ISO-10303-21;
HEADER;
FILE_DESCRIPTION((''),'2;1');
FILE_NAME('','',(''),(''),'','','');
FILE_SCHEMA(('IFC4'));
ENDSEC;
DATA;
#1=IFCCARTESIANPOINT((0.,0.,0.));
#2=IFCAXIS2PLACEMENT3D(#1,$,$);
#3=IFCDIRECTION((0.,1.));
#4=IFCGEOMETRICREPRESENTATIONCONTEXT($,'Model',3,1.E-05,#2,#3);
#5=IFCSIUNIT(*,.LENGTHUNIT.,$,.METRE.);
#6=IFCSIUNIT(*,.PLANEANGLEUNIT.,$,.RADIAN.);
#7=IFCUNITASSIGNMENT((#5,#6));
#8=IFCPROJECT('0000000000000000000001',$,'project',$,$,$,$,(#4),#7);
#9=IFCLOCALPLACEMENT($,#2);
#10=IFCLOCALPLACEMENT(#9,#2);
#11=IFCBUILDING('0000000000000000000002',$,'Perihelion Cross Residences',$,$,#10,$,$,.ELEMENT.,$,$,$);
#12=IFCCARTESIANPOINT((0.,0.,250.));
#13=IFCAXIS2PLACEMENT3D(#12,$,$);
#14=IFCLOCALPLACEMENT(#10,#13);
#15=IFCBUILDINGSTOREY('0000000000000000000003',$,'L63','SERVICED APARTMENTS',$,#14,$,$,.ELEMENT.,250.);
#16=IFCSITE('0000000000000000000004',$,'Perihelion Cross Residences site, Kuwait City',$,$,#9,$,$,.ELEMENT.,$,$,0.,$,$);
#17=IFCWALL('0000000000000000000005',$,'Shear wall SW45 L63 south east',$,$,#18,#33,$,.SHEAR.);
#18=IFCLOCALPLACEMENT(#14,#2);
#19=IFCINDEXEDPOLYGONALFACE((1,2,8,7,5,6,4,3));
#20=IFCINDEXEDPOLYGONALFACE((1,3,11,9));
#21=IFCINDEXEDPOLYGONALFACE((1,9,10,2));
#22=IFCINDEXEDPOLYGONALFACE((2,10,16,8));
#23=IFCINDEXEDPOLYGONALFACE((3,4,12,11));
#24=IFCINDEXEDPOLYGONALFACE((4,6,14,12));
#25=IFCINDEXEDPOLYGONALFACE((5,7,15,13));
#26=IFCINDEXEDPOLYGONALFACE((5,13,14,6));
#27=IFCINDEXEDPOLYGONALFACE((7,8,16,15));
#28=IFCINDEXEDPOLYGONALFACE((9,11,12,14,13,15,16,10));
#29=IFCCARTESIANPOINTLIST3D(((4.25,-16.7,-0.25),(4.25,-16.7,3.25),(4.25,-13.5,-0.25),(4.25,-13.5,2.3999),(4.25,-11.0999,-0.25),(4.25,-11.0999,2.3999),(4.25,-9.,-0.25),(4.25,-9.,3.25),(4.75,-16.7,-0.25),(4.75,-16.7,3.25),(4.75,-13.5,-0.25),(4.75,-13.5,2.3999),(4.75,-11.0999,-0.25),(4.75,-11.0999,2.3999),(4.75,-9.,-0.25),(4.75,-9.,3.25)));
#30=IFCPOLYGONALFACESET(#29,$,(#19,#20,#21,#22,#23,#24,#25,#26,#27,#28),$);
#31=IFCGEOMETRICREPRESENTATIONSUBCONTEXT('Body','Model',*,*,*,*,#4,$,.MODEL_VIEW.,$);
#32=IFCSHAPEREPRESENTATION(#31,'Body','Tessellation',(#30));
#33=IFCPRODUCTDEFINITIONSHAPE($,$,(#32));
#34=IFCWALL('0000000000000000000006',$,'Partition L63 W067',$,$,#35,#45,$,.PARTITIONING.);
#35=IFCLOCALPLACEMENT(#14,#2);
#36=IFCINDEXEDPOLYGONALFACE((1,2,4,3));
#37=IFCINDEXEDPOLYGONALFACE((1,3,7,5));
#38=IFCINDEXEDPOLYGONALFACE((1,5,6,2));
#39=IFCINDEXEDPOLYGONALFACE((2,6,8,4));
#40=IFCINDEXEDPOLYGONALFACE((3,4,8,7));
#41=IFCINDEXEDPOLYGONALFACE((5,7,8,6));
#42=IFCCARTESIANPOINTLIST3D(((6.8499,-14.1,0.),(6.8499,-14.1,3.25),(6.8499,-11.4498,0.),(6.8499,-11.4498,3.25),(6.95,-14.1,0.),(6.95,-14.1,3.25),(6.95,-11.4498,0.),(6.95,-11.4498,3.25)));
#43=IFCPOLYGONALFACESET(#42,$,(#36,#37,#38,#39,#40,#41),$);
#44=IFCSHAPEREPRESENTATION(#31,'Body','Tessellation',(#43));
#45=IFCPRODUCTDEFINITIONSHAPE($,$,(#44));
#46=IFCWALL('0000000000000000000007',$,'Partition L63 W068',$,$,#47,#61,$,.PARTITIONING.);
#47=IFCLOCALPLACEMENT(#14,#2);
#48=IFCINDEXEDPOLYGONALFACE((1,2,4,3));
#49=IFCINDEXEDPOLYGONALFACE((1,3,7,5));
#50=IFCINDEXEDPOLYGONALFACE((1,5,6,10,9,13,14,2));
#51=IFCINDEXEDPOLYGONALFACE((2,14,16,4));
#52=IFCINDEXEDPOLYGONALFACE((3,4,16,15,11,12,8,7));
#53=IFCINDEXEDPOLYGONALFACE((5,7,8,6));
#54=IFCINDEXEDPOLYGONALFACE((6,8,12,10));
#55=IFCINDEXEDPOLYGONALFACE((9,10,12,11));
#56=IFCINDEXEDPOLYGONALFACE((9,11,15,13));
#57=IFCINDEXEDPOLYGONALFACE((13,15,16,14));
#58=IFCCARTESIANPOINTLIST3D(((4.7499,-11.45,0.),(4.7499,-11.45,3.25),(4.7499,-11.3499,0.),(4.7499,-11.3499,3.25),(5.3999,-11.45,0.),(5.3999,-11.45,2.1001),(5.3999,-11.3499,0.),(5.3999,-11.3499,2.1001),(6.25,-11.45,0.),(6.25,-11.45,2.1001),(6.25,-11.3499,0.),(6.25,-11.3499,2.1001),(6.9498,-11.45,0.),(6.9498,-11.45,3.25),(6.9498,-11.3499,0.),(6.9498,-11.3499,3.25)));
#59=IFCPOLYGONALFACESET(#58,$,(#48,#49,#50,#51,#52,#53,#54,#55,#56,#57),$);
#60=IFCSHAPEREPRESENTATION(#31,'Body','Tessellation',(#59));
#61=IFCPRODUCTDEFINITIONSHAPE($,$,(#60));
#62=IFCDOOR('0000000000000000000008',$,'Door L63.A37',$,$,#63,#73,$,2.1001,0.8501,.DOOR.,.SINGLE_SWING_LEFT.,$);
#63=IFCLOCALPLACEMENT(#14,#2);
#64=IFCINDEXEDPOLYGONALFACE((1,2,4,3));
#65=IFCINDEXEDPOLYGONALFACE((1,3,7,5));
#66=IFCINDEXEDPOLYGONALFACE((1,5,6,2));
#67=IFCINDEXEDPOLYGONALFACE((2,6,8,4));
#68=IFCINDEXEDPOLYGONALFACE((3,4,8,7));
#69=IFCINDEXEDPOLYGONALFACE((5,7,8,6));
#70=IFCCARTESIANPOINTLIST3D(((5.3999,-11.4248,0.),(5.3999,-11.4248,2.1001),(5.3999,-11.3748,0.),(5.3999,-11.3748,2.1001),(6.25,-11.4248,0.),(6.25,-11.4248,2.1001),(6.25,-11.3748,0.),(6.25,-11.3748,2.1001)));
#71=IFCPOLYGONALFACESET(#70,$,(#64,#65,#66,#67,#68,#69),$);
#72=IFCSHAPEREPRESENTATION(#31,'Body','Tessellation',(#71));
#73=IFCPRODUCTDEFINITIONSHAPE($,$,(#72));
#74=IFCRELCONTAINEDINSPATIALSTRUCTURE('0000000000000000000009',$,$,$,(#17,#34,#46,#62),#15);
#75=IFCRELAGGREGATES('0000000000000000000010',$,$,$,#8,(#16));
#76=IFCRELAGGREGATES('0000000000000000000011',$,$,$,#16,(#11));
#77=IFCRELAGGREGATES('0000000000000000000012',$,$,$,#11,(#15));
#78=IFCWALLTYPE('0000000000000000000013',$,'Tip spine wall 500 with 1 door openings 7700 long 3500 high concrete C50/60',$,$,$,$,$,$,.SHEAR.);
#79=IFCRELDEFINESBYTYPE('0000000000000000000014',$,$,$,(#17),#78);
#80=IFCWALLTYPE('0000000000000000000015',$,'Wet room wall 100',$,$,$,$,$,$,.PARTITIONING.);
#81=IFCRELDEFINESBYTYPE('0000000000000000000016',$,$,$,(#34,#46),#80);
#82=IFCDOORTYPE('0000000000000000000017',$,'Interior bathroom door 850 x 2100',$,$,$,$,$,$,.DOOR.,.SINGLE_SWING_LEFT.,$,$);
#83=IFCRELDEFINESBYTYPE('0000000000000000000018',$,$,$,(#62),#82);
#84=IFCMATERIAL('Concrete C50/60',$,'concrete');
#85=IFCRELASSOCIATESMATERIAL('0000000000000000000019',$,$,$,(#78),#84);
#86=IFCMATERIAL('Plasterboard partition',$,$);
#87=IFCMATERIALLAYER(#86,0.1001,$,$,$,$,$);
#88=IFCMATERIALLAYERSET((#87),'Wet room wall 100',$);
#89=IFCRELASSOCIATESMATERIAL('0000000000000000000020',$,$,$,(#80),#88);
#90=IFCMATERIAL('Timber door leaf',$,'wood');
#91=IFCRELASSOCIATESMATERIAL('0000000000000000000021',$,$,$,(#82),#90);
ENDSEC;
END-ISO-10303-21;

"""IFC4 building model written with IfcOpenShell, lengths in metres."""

from ifc_helpers import new_model, si_unit, direction, frame, frame_2d, origin, place, context, subcontext, project, spatial, polyline, rectangle, outline, extrude, material, layer, layer_set, material_profile, profile_set, type_object, element, fill, save


model = new_model("IFC4")

# Units and contexts
model_context = context("Model", 3, precision=1e-05, world=origin(), true_north=direction((0.0, 1.0)))
body_context = subcontext(model_context, "Body", "Model", "MODEL_VIEW")
ifc_project = project(units=[si_unit("LENGTHUNIT", "METRE"), si_unit("PLANEANGLEUNIT", "RADIAN")], contexts=[model_context])

# Site, building, storey
site_placement = place(None, origin())
site = spatial("IfcSite", under=ifc_project, at=site_placement, Name="Perihelion Cross Residences site, Kuwait City", CompositionType="ELEMENT", RefElevation=0.0)
building_placement = place(site_placement, origin())
building = spatial("IfcBuilding", under=site, at=building_placement, Name="Perihelion Cross Residences", CompositionType="ELEMENT")
storey_placement = place(building_placement, frame((0.0, 0.0, 250.0)))
storey = spatial("IfcBuildingStorey", under=building, at=storey_placement, Name="L63", Description="SERVICED APARTMENTS", CompositionType="ELEMENT", Elevation=250.0)

# Walls
ifc_material_1 = material(Name="Concrete C50/60", Category="concrete")
ifc_material_profile_1 = material_profile(ifc_material_1, outline(polyline([(0.0, 0.0), (3.2, 0.0), (3.2, 2.6499), (5.6001, 2.6499), (5.6001, 0.0), (7.7, 0.0), (7.7, 3.5), (0.0, 3.5), (0.0, 0.0)])), Name="Tip spine wall")
ifc_profile_set_1 = profile_set([ifc_material_profile_1], Name="Concrete C50/60")
wall_type_1 = type_object("IfcWallType", Name="Tip spine wall 500 with 1 door openings 7700 long 3500 high concrete C50/60", PredefinedType="SHEAR", material=ifc_profile_set_1)
wall_1_placement = place(storey_placement, frame((4.25, -16.7, -0.25), z_axis=(1.0, 0.0, 0.0), x_axis=(0.0, 1.0, 0.0)))
element("IfcWall", 1, at=wall_1_placement, inside=storey, type_object=wall_type_1, Name="Shear wall SW45 L63 south east", PredefinedType="SHEAR", context=body_context, shape_type="SweptSolid", body=[
    extrude(outline(polyline([(0.0, 0.0), (3.2, 0.0), (3.2, 2.6499), (5.6001, 2.6499), (5.6001, 0.0), (7.7, 0.0), (7.7, 3.5), (0.0, 3.5), (0.0, 0.0)])), origin(), (0.0, 0.0, 1.0), 0.5),
])
ifc_material_2 = material(Name="Plasterboard partition")
ifc_layer_1 = layer(ifc_material_2, 0.1001)
ifc_layer_set_1 = layer_set([ifc_layer_1], Name="Wet room wall 100")
wall_type_2 = type_object("IfcWallType", Name="Wet room wall 100", PredefinedType="PARTITIONING", material=ifc_layer_set_1)
wall_2_placement = place(storey_placement, frame((6.8999, -14.1001, 0.0), z_axis=(0.0, 0.0, 1.0), x_axis=(0.0, 1.0, 0.0)))
element("IfcWall", 2, at=wall_2_placement, inside=storey, type_object=wall_type_2, Name="Partition L63 W067", PredefinedType="PARTITIONING", context=body_context, shape_type="SweptSolid", body=[
    extrude(rectangle(XDim=2.6501, YDim=0.1001, at=frame_2d((1.3252, 0.0))), origin(), (0.0, 0.0, 1.0), 3.25),
])

# Wall, opening, door
wall_3_placement = place(storey_placement, frame((6.95, -11.3999, 0.0), z_axis=(0.0, 0.0, 1.0), x_axis=(-1.0, 0.0, 0.0)))
wall_3 = element("IfcWall", 3, at=wall_3_placement, inside=storey, type_object=wall_type_2, Name="Partition L63 W068", PredefinedType="PARTITIONING", context=body_context, shape_type="SweptSolid", body=[
    extrude(rectangle(XDim=2.2, YDim=0.1001, at=frame_2d((1.1001, 0.0))), origin(), (0.0, 0.0, 1.0), 3.25),
])
opening_1_placement = place(wall_3_placement, frame((0.7, 0.0, 0.0)))
opening_1 = element("IfcOpeningElement", 4, at=opening_1_placement, cuts=wall_3, PredefinedType="OPENING", context=body_context, shape_type="SweptSolid", body=[
    extrude(rectangle(XDim=0.8501, YDim=2.1001, at=frame_2d((0.425, 1.05))), frame((0.0, 0.0601, 0.0), z_axis=(0.0, -1.0, 0.0), x_axis=(1.0, 0.0, 0.0)), (0.0, 0.0, 1.0), 0.1201),
])
ifc_material_3 = material(Name="Timber door leaf", Category="wood")
door_type_1 = type_object("IfcDoorType", Name="Interior bathroom door 850 x 2100", OperationType="SINGLE_SWING_LEFT", PredefinedType="DOOR", material=ifc_material_3)
door_1_placement = place(opening_1_placement, origin())
door_1 = element("IfcDoor", 5, at=door_1_placement, inside=storey, type_object=door_type_1, Name="Door L63.A37", OperationType="SINGLE_SWING_LEFT", OverallHeight=2.1001, OverallWidth=0.8501, PredefinedType="DOOR", context=body_context, shape_type="SweptSolid", body=[
    extrude(rectangle(XDim=0.8501, YDim=2.1001, at=frame_2d((0.425, 1.05))), frame((0.0, 0.0249, 0.0), z_axis=(0.0, -1.0, 0.0), x_axis=(1.0, 0.0, 0.0)), (0.0, 0.0, 1.0), 0.05),
])
fill(opening_1, door_1)

save(model, "model.ifc")
